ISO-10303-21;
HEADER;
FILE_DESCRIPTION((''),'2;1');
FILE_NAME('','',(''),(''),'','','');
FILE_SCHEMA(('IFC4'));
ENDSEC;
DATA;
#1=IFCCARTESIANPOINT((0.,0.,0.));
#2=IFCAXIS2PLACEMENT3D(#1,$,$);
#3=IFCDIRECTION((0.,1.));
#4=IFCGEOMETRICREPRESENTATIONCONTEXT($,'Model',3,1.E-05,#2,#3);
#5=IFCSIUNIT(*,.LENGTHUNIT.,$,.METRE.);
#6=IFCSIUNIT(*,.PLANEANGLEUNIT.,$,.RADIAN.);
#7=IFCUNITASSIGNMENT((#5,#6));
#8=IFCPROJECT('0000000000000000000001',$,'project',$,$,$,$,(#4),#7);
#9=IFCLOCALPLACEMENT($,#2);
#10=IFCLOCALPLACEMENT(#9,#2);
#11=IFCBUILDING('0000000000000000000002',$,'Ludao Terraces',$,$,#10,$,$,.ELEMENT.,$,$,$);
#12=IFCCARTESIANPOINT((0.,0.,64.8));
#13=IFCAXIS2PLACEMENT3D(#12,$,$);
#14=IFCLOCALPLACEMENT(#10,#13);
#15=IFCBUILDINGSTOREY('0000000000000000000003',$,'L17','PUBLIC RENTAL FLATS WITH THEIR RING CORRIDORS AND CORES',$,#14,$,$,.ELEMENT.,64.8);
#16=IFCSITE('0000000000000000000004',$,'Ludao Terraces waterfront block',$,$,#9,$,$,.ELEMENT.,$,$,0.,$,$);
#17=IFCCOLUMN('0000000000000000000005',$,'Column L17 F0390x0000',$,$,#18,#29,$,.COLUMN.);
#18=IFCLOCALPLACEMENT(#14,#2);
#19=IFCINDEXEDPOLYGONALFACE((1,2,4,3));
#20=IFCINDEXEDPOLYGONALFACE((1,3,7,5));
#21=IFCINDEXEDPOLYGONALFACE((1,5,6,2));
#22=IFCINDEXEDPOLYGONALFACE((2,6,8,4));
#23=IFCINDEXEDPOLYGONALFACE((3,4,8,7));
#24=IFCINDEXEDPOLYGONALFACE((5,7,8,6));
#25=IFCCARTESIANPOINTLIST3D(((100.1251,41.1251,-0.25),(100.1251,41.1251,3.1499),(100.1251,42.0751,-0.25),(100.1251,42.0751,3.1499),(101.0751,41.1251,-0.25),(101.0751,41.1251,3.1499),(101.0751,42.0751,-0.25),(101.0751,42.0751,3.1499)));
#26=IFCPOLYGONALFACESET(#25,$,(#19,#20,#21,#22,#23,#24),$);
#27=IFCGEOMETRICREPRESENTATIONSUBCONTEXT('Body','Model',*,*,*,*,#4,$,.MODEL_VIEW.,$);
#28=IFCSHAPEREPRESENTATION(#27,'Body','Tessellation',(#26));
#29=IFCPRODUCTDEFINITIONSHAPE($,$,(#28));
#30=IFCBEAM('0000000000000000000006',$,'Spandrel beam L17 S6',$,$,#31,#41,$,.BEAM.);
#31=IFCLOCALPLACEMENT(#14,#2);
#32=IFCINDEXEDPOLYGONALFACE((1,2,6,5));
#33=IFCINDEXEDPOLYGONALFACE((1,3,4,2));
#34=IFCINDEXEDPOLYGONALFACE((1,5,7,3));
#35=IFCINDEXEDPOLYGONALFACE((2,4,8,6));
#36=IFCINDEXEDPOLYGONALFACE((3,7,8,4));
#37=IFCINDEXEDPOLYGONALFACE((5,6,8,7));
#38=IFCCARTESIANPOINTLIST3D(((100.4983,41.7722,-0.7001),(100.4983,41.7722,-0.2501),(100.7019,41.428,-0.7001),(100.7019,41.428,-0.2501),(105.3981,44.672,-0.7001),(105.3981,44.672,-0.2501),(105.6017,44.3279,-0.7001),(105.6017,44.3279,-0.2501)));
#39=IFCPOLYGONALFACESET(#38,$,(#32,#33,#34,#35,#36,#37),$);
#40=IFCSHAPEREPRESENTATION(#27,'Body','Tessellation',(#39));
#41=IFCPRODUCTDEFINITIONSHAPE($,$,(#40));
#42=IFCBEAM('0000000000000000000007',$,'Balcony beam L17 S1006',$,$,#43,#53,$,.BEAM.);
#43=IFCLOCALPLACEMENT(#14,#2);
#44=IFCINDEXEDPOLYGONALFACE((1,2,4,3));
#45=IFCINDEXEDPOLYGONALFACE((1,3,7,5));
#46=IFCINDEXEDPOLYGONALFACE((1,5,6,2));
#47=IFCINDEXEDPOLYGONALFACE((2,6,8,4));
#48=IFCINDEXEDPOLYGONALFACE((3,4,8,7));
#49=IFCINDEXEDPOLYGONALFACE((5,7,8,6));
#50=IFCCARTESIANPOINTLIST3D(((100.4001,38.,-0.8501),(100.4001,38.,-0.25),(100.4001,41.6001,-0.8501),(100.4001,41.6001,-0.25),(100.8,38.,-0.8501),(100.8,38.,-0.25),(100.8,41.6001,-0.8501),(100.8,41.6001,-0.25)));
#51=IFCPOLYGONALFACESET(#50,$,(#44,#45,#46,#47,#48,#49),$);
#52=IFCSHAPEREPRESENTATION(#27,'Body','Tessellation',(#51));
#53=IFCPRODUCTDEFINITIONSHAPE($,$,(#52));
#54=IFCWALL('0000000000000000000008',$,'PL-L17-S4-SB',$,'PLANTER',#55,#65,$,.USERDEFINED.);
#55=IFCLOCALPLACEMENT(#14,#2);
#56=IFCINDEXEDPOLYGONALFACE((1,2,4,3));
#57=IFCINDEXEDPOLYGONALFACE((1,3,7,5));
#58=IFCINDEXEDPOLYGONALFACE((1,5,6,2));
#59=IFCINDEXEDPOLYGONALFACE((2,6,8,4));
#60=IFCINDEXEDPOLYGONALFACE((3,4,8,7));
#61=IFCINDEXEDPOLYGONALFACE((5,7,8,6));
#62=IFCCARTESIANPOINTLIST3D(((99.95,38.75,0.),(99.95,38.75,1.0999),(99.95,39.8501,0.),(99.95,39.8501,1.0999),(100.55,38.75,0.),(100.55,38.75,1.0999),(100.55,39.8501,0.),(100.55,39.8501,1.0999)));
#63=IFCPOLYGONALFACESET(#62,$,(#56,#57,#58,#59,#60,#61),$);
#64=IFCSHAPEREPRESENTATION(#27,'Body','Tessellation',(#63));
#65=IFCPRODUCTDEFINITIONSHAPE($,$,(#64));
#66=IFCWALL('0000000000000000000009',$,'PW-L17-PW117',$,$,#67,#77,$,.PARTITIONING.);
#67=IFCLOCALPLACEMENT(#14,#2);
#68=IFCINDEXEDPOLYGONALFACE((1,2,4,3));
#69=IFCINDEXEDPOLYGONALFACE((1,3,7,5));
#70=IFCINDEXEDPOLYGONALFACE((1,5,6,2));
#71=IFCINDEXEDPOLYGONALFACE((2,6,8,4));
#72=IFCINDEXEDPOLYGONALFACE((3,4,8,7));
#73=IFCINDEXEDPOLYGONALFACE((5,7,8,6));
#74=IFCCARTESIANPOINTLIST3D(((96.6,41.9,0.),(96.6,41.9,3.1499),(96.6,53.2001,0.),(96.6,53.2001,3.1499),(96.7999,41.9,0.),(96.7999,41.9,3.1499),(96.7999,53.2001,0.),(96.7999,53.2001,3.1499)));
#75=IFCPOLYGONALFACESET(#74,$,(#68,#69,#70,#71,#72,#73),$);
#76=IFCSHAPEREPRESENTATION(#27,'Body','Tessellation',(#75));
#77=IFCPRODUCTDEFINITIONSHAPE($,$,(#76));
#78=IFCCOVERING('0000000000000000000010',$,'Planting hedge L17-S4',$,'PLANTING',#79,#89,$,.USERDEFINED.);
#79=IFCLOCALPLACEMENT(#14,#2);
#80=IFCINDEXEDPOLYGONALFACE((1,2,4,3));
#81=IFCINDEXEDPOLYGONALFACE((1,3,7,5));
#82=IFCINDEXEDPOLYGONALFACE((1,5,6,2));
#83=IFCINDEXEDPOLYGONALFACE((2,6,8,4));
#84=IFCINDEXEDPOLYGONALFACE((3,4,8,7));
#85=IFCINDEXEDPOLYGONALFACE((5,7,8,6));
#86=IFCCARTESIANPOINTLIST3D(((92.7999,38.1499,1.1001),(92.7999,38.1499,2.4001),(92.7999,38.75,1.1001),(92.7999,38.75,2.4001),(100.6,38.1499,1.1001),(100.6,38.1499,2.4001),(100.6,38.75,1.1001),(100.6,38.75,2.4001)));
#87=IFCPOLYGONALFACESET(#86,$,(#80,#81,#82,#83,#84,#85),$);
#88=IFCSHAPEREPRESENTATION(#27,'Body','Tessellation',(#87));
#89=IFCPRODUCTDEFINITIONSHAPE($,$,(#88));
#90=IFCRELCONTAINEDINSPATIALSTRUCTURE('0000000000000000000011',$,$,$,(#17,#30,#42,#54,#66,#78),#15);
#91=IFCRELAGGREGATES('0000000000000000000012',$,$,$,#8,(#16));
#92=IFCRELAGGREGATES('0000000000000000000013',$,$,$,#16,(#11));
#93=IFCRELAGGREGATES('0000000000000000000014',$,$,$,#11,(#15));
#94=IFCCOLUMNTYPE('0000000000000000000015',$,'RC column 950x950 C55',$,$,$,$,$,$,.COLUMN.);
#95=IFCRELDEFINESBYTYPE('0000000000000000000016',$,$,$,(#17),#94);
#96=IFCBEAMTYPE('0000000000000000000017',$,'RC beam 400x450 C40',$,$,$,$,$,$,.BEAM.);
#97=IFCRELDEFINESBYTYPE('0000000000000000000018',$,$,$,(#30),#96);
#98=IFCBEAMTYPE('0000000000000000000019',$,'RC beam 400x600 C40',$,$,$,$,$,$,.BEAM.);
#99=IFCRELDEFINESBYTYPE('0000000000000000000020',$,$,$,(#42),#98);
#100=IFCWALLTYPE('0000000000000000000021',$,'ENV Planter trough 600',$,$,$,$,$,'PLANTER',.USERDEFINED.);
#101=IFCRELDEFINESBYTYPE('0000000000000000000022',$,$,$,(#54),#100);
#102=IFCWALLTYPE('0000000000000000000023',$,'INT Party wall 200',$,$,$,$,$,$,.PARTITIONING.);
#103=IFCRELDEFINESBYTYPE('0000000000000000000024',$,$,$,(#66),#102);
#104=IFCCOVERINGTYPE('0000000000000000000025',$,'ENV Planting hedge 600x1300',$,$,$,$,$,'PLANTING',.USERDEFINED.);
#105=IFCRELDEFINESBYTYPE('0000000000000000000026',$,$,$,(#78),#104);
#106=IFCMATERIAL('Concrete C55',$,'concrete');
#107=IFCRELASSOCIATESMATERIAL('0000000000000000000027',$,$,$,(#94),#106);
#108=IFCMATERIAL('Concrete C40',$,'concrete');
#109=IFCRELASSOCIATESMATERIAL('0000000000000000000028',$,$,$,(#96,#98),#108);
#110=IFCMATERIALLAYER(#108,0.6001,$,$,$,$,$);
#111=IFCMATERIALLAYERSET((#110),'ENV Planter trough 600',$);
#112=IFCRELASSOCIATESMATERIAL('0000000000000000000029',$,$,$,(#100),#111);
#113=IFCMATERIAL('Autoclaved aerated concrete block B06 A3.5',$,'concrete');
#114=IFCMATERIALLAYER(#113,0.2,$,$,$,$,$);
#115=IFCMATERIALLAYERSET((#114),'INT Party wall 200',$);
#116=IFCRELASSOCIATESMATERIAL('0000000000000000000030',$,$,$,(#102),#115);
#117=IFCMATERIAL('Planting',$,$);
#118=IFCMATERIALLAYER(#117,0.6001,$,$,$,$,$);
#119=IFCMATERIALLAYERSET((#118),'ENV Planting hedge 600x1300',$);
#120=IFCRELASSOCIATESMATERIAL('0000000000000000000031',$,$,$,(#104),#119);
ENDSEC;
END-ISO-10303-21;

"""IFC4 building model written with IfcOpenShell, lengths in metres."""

from ifc_helpers import new_model, si_unit, direction, frame, frame_2d, origin, origin_2d, place, context, subcontext, project, spatial, rectangle, extrude, material, layer, layer_set, material_profile, profile_set, type_object, element, save


model = new_model("IFC4")

# Units and contexts
model_context = context("Model", 3, precision=1e-05, world=origin(), true_north=direction((0.0, 1.0)))
body_context = subcontext(model_context, "Body", "Model", "MODEL_VIEW")
ifc_project = project(units=[si_unit("LENGTHUNIT", "METRE"), si_unit("PLANEANGLEUNIT", "RADIAN")], contexts=[model_context])

# Site, building, storey
site_placement = place(None, origin())
site = spatial("IfcSite", under=ifc_project, at=site_placement, Name="Ludao Terraces waterfront block", CompositionType="ELEMENT", RefElevation=0.0)
building_placement = place(site_placement, origin())
building = spatial("IfcBuilding", under=site, at=building_placement, Name="Ludao Terraces", CompositionType="ELEMENT")
storey_placement = place(building_placement, frame((0.0, 0.0, 64.8)))
storey = spatial("IfcBuildingStorey", under=building, at=storey_placement, Name="L17", Description="PUBLIC RENTAL FLATS WITH THEIR RING CORRIDORS AND CORES", CompositionType="ELEMENT", Elevation=64.8)

# Column
ifc_material_1 = material(Name="Concrete C55", Category="concrete")
ifc_material_profile_1 = material_profile(ifc_material_1, rectangle(XDim=0.95, YDim=0.95, at=origin_2d()), Name="950 X 950")
ifc_profile_set_1 = profile_set([ifc_material_profile_1], Name="Concrete C55")
column_type = type_object("IfcColumnType", Name="RC column 950x950 C55", PredefinedType="COLUMN", material=ifc_profile_set_1)
column_placement = place(storey_placement, frame((100.6001, 41.6001, -0.25), z_axis=(0.0, 0.0, 1.0), x_axis=(1.0, 0.0, 0.0)))
element("IfcColumn", 1, at=column_placement, inside=storey, type_object=column_type, Name="Column L17 F0390x0000", PredefinedType="COLUMN", context=body_context, shape_type="SweptSolid", body=[
    extrude(rectangle(XDim=0.95, YDim=0.95, at=origin_2d()), origin(), (0.0, 0.0, 1.0), 3.3999),
])

# Beams
ifc_material_2 = material(Name="Concrete C40", Category="concrete")
ifc_material_profile_2 = material_profile(ifc_material_2, rectangle(XDim=0.3999, YDim=0.45, at=origin_2d()), Name="400 X 450")
ifc_profile_set_2 = profile_set([ifc_material_profile_2], Name="Concrete C40")
beam_type_1 = type_object("IfcBeamType", Name="RC beam 400x450 C40", PredefinedType="BEAM", material=ifc_profile_set_2)
beam_1_placement = place(storey_placement, frame((100.6001, 41.6001, -0.4751), z_axis=(0.86058, 0.509316, 0.0), x_axis=(-0.509316, 0.86058, 0.0)))
element("IfcBeam", 2, at=beam_1_placement, inside=storey, type_object=beam_type_1, Name="Spandrel beam L17 S6", PredefinedType="BEAM", context=body_context, shape_type="SweptSolid", body=[
    extrude(rectangle(XDim=0.3999, YDim=0.45, at=origin_2d()), origin(), (0.0, 0.0, 1.0), 5.6936),
])
ifc_material_profile_3 = material_profile(ifc_material_2, rectangle(XDim=0.3999, YDim=0.6001, at=origin_2d()), Name="400 X 600")
ifc_profile_set_3 = profile_set([ifc_material_profile_3], Name="Concrete C40")
beam_type_2 = type_object("IfcBeamType", Name="RC beam 400x600 C40", PredefinedType="BEAM", material=ifc_profile_set_3)
beam_2_placement = place(storey_placement, frame((100.6001, 41.6001, -0.55), z_axis=(0.0, -1.0, 0.0), x_axis=(1.0, 0.0, 0.0)))
element("IfcBeam", 3, at=beam_2_placement, inside=storey, type_object=beam_type_2, Name="Balcony beam L17 S1006", PredefinedType="BEAM", context=body_context, shape_type="SweptSolid", body=[
    extrude(rectangle(XDim=0.3999, YDim=0.6001, at=origin_2d()), origin(), (0.0, 0.0, 1.0), 3.6001),
])

# Walls
ifc_layer_1 = layer(ifc_material_2, 0.6001)
ifc_layer_set_1 = layer_set([ifc_layer_1], Name="ENV Planter trough 600")
wall_type_1 = type_object("IfcWallType", Name="ENV Planter trough 600", ElementType="PLANTER", PredefinedType="USERDEFINED", material=ifc_layer_set_1)
wall_1_placement = place(storey_placement, frame((100.25, 38.75, 0.0), z_axis=(0.0, 0.0, 1.0), x_axis=(0.0, 1.0, 0.0)))
element("IfcWall", 4, at=wall_1_placement, inside=storey, type_object=wall_type_1, Name="PL-L17-S4-SB", ObjectType="PLANTER", PredefinedType="USERDEFINED", context=body_context, shape_type="SweptSolid", body=[
    extrude(rectangle(XDim=1.1001, YDim=0.6001, at=frame_2d((0.55, 0.0))), origin(), (0.0, 0.0, 1.0), 1.0999),
])
ifc_material_3 = material(Name="Autoclaved aerated concrete block B06 A3.5", Category="concrete")
ifc_layer_2 = layer(ifc_material_3, 0.2)
ifc_layer_set_2 = layer_set([ifc_layer_2], Name="INT Party wall 200")
wall_type_2 = type_object("IfcWallType", Name="INT Party wall 200", PredefinedType="PARTITIONING", material=ifc_layer_set_2)
wall_2_placement = place(storey_placement, frame((96.7, 41.9001, 0.0), z_axis=(0.0, 0.0, 1.0), x_axis=(0.0, 1.0, 0.0)))
element("IfcWall", 5, at=wall_2_placement, inside=storey, type_object=wall_type_2, Name="PW-L17-PW117", PredefinedType="PARTITIONING", context=body_context, shape_type="SweptSolid", body=[
    extrude(rectangle(XDim=11.3, YDim=0.2, at=frame_2d((5.6499, 0.0))), origin(), (0.0, 0.0, 1.0), 3.1499),
])

# Covering
ifc_material_4 = material(Name="Planting")
ifc_layer_3 = layer(ifc_material_4, 0.6001)
ifc_layer_set_3 = layer_set([ifc_layer_3], Name="ENV Planting hedge 600x1300")
covering_type = type_object("IfcCoveringType", Name="ENV Planting hedge 600x1300", ElementType="PLANTING", PredefinedType="USERDEFINED", material=ifc_layer_set_3)
covering_placement = place(storey_placement, frame((96.7, 38.45, 1.1001), z_axis=(0.0, 0.0, 1.0), x_axis=(1.0, 0.0, 0.0)))
element("IfcCovering", 6, at=covering_placement, inside=storey, type_object=covering_type, Name="Planting hedge L17-S4", ObjectType="PLANTING", PredefinedType="USERDEFINED", context=body_context, shape_type="SweptSolid", body=[
    extrude(rectangle(XDim=7.8, YDim=0.6001, at=origin_2d()), origin(), (0.0, 0.0, 1.0), 1.3),
])

save(model, "model.ifc")
